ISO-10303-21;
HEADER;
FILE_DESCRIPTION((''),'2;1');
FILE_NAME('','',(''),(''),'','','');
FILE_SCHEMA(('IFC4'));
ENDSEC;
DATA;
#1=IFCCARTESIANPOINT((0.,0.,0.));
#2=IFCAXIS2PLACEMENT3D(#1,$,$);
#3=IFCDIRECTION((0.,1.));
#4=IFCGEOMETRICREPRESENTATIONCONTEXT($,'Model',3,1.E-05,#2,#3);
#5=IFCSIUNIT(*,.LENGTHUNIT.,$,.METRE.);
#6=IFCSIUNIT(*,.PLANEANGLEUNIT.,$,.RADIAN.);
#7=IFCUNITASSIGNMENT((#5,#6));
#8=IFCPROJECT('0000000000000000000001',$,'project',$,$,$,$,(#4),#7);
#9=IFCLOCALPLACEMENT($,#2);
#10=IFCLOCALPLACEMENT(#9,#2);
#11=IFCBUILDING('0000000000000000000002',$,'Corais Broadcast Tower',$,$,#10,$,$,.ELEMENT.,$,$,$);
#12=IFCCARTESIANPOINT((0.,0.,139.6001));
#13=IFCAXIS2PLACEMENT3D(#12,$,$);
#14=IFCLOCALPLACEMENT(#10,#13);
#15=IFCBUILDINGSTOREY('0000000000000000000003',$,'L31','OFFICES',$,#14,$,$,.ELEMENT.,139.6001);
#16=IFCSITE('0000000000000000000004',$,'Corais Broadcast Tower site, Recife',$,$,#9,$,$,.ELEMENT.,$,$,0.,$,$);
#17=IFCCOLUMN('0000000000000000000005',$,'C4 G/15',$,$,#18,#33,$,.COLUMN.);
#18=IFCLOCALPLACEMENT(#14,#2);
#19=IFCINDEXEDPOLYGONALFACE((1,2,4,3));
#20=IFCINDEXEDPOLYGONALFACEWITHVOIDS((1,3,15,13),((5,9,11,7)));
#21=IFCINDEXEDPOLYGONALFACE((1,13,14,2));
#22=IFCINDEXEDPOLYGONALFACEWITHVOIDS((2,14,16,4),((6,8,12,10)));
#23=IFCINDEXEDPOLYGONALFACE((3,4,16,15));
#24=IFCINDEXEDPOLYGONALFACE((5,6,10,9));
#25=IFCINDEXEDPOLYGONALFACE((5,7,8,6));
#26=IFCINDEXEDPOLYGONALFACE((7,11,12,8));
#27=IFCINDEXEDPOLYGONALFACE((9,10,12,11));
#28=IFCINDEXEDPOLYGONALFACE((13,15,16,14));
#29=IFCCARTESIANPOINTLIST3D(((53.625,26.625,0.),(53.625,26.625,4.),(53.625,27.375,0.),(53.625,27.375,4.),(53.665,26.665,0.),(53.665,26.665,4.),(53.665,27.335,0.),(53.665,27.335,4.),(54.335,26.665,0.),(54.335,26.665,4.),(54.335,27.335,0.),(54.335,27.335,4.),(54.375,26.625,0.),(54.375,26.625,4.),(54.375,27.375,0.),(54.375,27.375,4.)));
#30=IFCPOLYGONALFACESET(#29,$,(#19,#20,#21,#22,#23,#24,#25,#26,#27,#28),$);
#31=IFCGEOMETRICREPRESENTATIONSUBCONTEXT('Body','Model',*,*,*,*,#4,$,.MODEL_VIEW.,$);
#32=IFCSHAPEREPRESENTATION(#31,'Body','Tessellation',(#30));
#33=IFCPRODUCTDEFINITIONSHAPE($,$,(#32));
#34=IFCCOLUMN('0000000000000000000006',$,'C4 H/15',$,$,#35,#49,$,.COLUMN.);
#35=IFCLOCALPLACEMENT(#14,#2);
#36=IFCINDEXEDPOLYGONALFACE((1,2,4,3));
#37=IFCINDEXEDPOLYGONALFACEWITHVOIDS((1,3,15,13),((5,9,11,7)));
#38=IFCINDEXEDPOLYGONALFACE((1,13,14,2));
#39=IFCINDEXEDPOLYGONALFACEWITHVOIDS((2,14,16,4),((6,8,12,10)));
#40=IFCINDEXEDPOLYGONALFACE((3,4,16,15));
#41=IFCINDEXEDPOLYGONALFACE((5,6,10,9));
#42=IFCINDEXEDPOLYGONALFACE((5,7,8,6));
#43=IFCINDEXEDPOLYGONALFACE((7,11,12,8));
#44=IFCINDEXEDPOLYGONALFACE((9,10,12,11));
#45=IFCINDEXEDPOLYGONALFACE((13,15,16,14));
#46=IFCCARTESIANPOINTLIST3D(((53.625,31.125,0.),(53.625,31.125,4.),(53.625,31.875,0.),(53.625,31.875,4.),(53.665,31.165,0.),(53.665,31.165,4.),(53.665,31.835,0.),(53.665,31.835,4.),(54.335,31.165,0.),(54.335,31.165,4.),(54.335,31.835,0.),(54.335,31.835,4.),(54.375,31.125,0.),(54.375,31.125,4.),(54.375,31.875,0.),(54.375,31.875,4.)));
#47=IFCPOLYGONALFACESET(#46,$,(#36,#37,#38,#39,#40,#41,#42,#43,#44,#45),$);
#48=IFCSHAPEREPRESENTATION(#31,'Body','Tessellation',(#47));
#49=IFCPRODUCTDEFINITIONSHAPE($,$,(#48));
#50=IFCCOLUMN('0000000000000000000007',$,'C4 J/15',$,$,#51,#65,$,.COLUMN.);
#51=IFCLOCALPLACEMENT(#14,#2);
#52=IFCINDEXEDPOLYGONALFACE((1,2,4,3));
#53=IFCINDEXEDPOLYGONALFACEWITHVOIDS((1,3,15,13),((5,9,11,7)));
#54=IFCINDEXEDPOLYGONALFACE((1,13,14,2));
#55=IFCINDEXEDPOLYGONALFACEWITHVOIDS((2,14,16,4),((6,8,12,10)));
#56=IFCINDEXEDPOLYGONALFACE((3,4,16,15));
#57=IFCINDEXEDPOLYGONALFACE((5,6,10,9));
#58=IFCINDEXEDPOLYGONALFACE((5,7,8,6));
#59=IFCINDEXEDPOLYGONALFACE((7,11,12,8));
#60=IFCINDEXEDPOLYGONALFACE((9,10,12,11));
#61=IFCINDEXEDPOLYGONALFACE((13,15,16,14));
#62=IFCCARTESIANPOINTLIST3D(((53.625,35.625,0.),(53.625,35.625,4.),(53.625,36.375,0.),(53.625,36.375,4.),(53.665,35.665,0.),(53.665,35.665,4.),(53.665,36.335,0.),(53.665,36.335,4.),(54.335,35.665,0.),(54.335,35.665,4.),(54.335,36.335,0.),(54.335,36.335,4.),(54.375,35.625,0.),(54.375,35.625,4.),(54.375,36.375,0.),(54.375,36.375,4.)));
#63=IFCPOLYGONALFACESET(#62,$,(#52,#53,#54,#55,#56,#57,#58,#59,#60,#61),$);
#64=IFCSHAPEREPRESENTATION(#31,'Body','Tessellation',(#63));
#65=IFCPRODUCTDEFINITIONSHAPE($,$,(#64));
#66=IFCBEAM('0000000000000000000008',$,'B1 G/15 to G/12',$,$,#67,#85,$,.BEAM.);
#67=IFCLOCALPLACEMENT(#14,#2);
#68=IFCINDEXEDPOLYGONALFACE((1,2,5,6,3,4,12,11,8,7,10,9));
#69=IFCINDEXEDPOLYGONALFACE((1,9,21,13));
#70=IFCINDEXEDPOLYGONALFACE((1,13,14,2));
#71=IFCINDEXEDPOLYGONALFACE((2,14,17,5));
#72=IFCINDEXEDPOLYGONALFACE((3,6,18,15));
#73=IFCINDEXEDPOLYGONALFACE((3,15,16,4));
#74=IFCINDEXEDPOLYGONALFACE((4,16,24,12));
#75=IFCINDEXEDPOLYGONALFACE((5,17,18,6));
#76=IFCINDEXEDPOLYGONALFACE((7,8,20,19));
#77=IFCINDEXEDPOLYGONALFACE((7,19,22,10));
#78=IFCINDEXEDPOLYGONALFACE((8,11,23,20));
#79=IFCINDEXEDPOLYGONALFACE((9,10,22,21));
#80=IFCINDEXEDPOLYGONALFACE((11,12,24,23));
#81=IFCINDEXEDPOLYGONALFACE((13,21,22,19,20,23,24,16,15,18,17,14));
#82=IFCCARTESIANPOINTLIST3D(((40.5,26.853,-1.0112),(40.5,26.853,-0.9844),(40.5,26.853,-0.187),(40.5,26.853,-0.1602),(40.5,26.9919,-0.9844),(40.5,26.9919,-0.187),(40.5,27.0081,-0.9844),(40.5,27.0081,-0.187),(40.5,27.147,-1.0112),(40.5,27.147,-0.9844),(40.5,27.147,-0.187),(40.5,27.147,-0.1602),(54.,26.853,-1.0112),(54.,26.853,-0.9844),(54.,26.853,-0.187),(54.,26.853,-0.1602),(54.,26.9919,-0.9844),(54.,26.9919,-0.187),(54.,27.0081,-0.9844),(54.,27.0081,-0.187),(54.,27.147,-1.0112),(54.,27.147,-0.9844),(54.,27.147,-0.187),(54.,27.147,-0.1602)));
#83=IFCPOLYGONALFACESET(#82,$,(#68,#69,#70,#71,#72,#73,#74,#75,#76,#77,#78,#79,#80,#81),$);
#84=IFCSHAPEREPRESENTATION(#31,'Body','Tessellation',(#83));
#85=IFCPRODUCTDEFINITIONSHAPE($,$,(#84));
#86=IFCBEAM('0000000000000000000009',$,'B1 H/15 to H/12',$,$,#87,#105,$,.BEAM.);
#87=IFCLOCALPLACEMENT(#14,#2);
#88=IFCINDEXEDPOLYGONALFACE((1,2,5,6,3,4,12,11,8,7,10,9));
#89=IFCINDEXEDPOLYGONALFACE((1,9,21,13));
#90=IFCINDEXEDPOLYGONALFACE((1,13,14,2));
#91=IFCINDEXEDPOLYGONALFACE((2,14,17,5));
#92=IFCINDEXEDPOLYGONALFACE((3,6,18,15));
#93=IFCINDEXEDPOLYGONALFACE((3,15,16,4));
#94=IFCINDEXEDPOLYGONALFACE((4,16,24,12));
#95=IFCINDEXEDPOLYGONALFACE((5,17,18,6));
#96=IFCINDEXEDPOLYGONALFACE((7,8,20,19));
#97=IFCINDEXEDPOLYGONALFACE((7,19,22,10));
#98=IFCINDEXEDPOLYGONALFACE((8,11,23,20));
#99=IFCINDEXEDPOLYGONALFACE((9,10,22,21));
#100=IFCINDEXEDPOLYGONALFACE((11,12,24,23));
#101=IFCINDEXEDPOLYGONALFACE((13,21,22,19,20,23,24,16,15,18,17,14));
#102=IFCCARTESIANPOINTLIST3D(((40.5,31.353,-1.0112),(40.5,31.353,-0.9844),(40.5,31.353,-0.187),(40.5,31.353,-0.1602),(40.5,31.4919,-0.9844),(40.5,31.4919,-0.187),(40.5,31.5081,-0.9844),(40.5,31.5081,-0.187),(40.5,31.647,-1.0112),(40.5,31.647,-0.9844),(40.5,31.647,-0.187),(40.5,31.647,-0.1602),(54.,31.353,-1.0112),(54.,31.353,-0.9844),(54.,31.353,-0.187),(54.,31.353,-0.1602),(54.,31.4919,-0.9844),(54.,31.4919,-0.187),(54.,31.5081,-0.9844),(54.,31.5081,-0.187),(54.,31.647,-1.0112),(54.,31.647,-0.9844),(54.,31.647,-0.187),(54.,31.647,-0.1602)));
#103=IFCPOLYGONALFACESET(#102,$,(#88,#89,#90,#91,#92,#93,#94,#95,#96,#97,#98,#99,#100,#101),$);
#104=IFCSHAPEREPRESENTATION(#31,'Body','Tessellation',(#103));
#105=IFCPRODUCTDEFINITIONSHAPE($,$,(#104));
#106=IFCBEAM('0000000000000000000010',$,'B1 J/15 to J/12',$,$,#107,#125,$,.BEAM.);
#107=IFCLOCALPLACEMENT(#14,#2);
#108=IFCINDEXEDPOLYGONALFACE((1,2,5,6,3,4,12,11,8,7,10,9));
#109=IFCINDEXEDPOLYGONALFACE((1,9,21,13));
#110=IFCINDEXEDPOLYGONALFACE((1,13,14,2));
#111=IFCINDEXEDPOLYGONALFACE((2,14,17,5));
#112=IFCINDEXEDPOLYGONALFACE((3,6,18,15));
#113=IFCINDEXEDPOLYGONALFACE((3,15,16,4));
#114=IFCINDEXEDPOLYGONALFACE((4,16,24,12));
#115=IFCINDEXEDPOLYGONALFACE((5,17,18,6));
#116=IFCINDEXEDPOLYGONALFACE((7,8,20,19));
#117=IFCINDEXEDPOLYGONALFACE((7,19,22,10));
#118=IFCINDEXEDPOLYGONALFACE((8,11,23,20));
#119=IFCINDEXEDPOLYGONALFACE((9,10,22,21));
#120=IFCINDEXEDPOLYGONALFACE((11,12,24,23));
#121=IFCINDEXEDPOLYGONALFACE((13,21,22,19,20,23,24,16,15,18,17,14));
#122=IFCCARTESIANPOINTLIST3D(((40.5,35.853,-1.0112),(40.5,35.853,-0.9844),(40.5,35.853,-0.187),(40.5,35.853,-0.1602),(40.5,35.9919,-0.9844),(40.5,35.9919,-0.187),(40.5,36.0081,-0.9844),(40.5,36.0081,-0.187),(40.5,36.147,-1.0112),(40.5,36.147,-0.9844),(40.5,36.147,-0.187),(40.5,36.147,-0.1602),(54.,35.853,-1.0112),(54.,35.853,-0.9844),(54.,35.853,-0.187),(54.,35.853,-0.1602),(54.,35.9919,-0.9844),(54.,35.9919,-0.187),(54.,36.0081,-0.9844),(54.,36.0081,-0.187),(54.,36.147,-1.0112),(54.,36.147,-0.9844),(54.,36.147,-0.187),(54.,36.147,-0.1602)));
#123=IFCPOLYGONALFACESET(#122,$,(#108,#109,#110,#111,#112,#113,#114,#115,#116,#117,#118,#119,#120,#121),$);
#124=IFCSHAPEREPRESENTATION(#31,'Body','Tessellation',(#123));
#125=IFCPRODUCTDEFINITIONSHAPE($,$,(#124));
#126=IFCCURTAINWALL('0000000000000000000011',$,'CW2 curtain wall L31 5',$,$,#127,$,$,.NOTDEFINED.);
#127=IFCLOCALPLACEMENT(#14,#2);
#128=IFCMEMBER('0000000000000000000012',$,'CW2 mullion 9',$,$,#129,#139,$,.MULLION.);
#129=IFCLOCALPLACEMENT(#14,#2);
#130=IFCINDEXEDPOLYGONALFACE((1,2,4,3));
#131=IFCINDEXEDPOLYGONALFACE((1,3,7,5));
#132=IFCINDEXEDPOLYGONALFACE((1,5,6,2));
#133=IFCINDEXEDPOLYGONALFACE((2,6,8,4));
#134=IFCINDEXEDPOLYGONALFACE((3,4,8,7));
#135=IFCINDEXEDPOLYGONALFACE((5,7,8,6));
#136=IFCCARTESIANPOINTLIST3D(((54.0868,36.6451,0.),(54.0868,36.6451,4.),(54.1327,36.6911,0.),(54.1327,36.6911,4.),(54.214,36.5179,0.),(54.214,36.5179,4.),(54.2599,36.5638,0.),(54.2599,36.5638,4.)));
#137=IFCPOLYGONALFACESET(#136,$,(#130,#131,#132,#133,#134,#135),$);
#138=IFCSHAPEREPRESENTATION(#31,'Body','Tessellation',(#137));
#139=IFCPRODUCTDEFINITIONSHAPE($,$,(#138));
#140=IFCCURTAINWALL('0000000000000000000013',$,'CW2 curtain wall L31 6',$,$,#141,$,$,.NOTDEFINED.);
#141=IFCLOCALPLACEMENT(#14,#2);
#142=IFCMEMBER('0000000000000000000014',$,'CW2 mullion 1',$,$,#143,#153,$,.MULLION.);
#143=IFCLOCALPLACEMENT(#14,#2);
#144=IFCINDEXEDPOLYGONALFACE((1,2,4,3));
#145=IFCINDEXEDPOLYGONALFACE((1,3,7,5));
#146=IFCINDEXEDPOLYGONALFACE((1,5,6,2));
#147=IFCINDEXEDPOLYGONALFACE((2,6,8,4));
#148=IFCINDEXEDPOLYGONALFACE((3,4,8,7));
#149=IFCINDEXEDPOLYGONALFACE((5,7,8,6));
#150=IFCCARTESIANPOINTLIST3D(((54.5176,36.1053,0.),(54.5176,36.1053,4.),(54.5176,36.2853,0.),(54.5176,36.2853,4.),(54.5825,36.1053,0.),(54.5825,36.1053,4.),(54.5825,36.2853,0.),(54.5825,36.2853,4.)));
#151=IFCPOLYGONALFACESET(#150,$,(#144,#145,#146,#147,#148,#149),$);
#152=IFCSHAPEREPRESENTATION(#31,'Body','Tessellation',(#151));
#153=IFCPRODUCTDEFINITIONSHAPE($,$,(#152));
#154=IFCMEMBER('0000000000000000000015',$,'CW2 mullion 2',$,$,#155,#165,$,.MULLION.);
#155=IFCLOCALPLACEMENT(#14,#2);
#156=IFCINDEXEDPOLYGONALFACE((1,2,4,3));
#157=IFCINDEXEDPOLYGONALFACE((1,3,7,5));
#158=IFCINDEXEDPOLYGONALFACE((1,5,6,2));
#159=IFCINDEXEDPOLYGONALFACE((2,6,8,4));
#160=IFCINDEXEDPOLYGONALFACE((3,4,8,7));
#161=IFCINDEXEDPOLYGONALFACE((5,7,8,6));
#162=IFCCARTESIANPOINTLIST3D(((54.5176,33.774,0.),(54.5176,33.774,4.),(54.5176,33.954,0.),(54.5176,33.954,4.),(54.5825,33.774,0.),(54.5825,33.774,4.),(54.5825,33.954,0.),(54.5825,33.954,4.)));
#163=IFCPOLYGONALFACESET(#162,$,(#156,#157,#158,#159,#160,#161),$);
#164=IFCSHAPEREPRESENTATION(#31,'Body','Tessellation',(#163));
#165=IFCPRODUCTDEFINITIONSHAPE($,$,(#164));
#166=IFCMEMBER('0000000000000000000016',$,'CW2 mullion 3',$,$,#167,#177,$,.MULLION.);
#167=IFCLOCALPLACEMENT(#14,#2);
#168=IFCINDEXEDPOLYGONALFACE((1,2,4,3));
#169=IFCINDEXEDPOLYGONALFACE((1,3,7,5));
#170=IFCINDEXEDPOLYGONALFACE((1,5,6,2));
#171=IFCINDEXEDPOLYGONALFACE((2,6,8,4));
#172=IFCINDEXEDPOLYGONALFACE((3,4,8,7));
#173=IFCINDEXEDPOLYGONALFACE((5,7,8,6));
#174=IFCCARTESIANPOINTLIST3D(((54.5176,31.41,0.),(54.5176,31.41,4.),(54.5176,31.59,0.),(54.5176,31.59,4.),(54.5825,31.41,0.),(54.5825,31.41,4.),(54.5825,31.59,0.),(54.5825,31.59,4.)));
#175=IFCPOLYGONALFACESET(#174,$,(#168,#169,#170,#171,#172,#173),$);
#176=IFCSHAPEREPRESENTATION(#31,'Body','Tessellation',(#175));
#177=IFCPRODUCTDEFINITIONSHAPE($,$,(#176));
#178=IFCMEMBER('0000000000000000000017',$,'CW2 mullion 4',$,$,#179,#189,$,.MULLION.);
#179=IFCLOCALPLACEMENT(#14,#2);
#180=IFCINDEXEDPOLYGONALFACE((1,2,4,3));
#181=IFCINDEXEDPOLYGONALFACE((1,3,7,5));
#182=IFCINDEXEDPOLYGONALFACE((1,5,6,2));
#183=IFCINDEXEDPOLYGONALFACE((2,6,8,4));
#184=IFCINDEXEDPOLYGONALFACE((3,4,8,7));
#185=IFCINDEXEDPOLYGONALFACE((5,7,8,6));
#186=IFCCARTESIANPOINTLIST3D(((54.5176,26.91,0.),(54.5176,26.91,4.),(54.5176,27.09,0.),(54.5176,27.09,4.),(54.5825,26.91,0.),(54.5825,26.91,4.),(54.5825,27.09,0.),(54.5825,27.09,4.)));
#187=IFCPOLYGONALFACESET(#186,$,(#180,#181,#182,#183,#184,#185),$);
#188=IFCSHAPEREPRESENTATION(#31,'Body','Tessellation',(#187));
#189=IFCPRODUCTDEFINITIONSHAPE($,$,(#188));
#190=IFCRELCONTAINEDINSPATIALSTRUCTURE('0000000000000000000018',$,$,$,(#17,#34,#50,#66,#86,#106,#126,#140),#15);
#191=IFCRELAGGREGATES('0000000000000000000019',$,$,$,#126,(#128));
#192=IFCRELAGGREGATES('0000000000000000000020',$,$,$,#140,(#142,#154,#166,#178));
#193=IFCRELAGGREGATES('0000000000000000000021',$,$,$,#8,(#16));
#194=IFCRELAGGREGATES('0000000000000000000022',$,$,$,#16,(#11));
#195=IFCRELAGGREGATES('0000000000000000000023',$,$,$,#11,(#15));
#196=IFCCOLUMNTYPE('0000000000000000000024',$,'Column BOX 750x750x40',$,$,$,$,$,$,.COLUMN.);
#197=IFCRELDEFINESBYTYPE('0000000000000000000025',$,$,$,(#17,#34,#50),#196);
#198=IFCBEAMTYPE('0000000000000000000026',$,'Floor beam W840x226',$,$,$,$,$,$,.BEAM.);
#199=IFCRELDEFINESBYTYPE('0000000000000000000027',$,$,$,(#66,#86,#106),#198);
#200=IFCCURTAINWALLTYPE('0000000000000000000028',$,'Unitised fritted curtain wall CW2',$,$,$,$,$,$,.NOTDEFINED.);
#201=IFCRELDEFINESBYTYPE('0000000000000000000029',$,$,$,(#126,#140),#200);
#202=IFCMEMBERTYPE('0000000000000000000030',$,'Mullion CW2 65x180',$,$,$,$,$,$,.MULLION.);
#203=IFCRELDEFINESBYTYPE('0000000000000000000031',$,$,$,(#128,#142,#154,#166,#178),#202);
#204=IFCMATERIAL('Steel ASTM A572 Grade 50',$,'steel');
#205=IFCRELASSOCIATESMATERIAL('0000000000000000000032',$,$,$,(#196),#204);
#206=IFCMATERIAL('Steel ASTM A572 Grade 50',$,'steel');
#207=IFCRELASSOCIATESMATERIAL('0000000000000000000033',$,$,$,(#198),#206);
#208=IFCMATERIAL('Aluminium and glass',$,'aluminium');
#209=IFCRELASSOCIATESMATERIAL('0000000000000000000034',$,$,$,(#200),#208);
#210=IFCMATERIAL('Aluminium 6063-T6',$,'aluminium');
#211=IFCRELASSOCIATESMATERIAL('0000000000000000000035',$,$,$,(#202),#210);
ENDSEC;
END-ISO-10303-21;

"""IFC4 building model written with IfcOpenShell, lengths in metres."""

from ifc_helpers import new_model, si_unit, direction, frame, origin, origin_2d, place, context, subcontext, project, spatial, rectangle, hollow_rectangle, i_section, extrude, material, material_profile, profile_set, type_object, element, aggregate, save


model = new_model("IFC4")

# Units and contexts
model_context = context("Model", 3, precision=1e-05, world=origin(), true_north=direction((0.0, 1.0)))
body_context = subcontext(model_context, "Body", "Model", "MODEL_VIEW")
ifc_project = project(units=[si_unit("LENGTHUNIT", "METRE"), si_unit("PLANEANGLEUNIT", "RADIAN")], contexts=[model_context])

# Site, building, storey
site_placement = place(None, origin())
site = spatial("IfcSite", under=ifc_project, at=site_placement, Name="Corais Broadcast Tower site, Recife", CompositionType="ELEMENT", RefElevation=0.0)
building_placement = place(site_placement, origin())
building = spatial("IfcBuilding", under=site, at=building_placement, Name="Corais Broadcast Tower", CompositionType="ELEMENT")
storey_placement = place(building_placement, frame((0.0, 0.0, 139.6001)))
storey = spatial("IfcBuildingStorey", under=building, at=storey_placement, Name="L31", Description="OFFICES", CompositionType="ELEMENT", Elevation=139.6001)

# Columns
ifc_material_1 = material(Name="Steel ASTM A572 Grade 50", Category="steel")
ifc_material_profile_1 = material_profile(ifc_material_1, hollow_rectangle(XDim=0.75, YDim=0.75, WallThickness=0.04, at=origin_2d()), Name="BOX 750x750x40")
ifc_profile_set_1 = profile_set([ifc_material_profile_1], Name="Steel ASTM A572 Grade 50")
column_type = type_object("IfcColumnType", Name="Column BOX 750x750x40", PredefinedType="COLUMN", material=ifc_profile_set_1)
for number, where, z_axis, x_axis, name in (
    (1, (54.0, 27.0, 0.0), (0.0, 0.0, 1.0), (1.0, 0.0, 0.0), "C4 G/15"),
    (2, (54.0, 31.5, 0.0), (0.0, 0.0, 1.0), (1.0, 0.0, 0.0), "C4 H/15"),
    (3, (54.0, 36.0, 0.0), (0.0, 0.0, 1.0), (1.0, 0.0, 0.0), "C4 J/15"),
):
    element("IfcColumn", number, at=place(storey_placement, frame(where, z_axis=z_axis, x_axis=x_axis)), inside=storey, type_object=column_type, Name=name, PredefinedType="COLUMN", context=body_context, shape_type="SweptSolid", body=[
        extrude(hollow_rectangle(XDim=0.75, YDim=0.75, WallThickness=0.04, at=origin_2d()), origin(), (0.0, 0.0, 1.0), 4.0),
    ])

# Beams
ifc_material_2 = material(Name="Steel ASTM A572 Grade 50", Category="steel")
ifc_material_profile_2 = material_profile(ifc_material_2, i_section(OverallWidth=0.2939, OverallDepth=0.8511, WebThickness=0.0161, FlangeThickness=0.0269, at=origin_2d()), Name="W840x226")
ifc_profile_set_2 = profile_set([ifc_material_profile_2], Name="Steel ASTM A572 Grade 50")
beam_type_1 = type_object("IfcBeamType", Name="Floor beam W840x226", PredefinedType="BEAM", material=ifc_profile_set_2)
for number, where, z_axis, x_axis, name in (
    (4, (54.0, 27.0, -0.5857), (-1.0, 0.0, 0.0), (0.0, -1.0, 0.0), "B1 G/15 to G/12"),
    (5, (54.0, 31.5, -0.5857), (-1.0, 0.0, 0.0), (0.0, -1.0, 0.0), "B1 H/15 to H/12"),
    (6, (54.0, 36.0, -0.5857), (-1.0, 0.0, 0.0), (0.0, -1.0, 0.0), "B1 J/15 to J/12"),
):
    element("IfcBeam", number, at=place(storey_placement, frame(where, z_axis=z_axis, x_axis=x_axis)), inside=storey, type_object=beam_type_1, Name=name, PredefinedType="BEAM", context=body_context, shape_type="SweptSolid", body=[
        extrude(i_section(OverallWidth=0.2939, OverallDepth=0.8511, WebThickness=0.0161, FlangeThickness=0.0269, at=origin_2d()), origin(), (0.0, 0.0, 1.0), 13.5),
    ])

# Curtain wall, member
ifc_material_3 = material(Name="Aluminium and glass", Category="aluminium")
curtain_wall_type = type_object("IfcCurtainWallType", Name="Unitised fritted curtain wall CW2", PredefinedType="NOTDEFINED", material=ifc_material_3)
curtain_wall_1_placement = place(storey_placement, origin())
curtain_wall_1 = element("IfcCurtainWall", 7, at=curtain_wall_1_placement, inside=storey, type_object=curtain_wall_type, Name="CW2 curtain wall L31 5", PredefinedType="NOTDEFINED")
ifc_material_4 = material(Name="Aluminium 6063-T6", Category="aluminium")
ifc_material_profile_3 = material_profile(ifc_material_4, rectangle(XDim=0.0649, YDim=0.1799, at=origin_2d()), Name="Mullion CW2 65x180")
ifc_profile_set_3 = profile_set([ifc_material_profile_3], Name="Aluminium 6063-T6")
member_type_1 = type_object("IfcMemberType", Name="Mullion CW2 65x180", PredefinedType="MULLION", material=ifc_profile_set_3)
member_1_placement = place(storey_placement, frame((54.1733, 36.6045, 0.0), z_axis=(0.0, 0.0, 1.0), x_axis=(0.707107, 0.707107, 0.0)))
member_1 = element("IfcMember", 8, at=member_1_placement, type_object=member_type_1, Name="CW2 mullion 9", PredefinedType="MULLION", context=body_context, shape_type="SweptSolid", body=[
    extrude(rectangle(XDim=0.0649, YDim=0.1799, at=origin_2d()), origin(), (0.0, 0.0, 1.0), 4.0),
])

# Curtain wall, members
curtain_wall_2_placement = place(storey_placement, origin())
curtain_wall_2 = element("IfcCurtainWall", 9, at=curtain_wall_2_placement, inside=storey, type_object=curtain_wall_type, Name="CW2 curtain wall L31 6", PredefinedType="NOTDEFINED")
member_2_placement = place(storey_placement, frame((54.55, 36.1953, 0.0), z_axis=(0.0, 0.0, 1.0), x_axis=(1.0, 0.0, 0.0)))
member_2 = element("IfcMember", 10, at=member_2_placement, type_object=member_type_1, Name="CW2 mullion 1", PredefinedType="MULLION", context=body_context, shape_type="SweptSolid", body=[
    extrude(rectangle(XDim=0.0649, YDim=0.1799, at=origin_2d()), origin(), (0.0, 0.0, 1.0), 4.0),
])
member_3_placement = place(storey_placement, frame((54.55, 33.864, 0.0), z_axis=(0.0, 0.0, 1.0), x_axis=(1.0, 0.0, 0.0)))
member_3 = element("IfcMember", 11, at=member_3_placement, type_object=member_type_1, Name="CW2 mullion 2", PredefinedType="MULLION", context=body_context, shape_type="SweptSolid", body=[
    extrude(rectangle(XDim=0.0649, YDim=0.1799, at=origin_2d()), origin(), (0.0, 0.0, 1.0), 4.0),
])
member_4_placement = place(storey_placement, frame((54.55, 31.5, 0.0), z_axis=(0.0, 0.0, 1.0), x_axis=(1.0, 0.0, 0.0)))
member_4 = element("IfcMember", 12, at=member_4_placement, type_object=member_type_1, Name="CW2 mullion 3", PredefinedType="MULLION", context=body_context, shape_type="SweptSolid", body=[
    extrude(rectangle(XDim=0.0649, YDim=0.1799, at=origin_2d()), origin(), (0.0, 0.0, 1.0), 4.0),
])
member_5_placement = place(storey_placement, frame((54.55, 27.0, 0.0), z_axis=(0.0, 0.0, 1.0), x_axis=(1.0, 0.0, 0.0)))
member_5 = element("IfcMember", 13, at=member_5_placement, type_object=member_type_1, Name="CW2 mullion 4", PredefinedType="MULLION", context=body_context, shape_type="SweptSolid", body=[
    extrude(rectangle(XDim=0.0649, YDim=0.1799, at=origin_2d()), origin(), (0.0, 0.0, 1.0), 4.0),
])

aggregate(curtain_wall_1, [member_1])
aggregate(curtain_wall_2, [member_2, member_3, member_4, member_5])

save(model, "model.ifc")
